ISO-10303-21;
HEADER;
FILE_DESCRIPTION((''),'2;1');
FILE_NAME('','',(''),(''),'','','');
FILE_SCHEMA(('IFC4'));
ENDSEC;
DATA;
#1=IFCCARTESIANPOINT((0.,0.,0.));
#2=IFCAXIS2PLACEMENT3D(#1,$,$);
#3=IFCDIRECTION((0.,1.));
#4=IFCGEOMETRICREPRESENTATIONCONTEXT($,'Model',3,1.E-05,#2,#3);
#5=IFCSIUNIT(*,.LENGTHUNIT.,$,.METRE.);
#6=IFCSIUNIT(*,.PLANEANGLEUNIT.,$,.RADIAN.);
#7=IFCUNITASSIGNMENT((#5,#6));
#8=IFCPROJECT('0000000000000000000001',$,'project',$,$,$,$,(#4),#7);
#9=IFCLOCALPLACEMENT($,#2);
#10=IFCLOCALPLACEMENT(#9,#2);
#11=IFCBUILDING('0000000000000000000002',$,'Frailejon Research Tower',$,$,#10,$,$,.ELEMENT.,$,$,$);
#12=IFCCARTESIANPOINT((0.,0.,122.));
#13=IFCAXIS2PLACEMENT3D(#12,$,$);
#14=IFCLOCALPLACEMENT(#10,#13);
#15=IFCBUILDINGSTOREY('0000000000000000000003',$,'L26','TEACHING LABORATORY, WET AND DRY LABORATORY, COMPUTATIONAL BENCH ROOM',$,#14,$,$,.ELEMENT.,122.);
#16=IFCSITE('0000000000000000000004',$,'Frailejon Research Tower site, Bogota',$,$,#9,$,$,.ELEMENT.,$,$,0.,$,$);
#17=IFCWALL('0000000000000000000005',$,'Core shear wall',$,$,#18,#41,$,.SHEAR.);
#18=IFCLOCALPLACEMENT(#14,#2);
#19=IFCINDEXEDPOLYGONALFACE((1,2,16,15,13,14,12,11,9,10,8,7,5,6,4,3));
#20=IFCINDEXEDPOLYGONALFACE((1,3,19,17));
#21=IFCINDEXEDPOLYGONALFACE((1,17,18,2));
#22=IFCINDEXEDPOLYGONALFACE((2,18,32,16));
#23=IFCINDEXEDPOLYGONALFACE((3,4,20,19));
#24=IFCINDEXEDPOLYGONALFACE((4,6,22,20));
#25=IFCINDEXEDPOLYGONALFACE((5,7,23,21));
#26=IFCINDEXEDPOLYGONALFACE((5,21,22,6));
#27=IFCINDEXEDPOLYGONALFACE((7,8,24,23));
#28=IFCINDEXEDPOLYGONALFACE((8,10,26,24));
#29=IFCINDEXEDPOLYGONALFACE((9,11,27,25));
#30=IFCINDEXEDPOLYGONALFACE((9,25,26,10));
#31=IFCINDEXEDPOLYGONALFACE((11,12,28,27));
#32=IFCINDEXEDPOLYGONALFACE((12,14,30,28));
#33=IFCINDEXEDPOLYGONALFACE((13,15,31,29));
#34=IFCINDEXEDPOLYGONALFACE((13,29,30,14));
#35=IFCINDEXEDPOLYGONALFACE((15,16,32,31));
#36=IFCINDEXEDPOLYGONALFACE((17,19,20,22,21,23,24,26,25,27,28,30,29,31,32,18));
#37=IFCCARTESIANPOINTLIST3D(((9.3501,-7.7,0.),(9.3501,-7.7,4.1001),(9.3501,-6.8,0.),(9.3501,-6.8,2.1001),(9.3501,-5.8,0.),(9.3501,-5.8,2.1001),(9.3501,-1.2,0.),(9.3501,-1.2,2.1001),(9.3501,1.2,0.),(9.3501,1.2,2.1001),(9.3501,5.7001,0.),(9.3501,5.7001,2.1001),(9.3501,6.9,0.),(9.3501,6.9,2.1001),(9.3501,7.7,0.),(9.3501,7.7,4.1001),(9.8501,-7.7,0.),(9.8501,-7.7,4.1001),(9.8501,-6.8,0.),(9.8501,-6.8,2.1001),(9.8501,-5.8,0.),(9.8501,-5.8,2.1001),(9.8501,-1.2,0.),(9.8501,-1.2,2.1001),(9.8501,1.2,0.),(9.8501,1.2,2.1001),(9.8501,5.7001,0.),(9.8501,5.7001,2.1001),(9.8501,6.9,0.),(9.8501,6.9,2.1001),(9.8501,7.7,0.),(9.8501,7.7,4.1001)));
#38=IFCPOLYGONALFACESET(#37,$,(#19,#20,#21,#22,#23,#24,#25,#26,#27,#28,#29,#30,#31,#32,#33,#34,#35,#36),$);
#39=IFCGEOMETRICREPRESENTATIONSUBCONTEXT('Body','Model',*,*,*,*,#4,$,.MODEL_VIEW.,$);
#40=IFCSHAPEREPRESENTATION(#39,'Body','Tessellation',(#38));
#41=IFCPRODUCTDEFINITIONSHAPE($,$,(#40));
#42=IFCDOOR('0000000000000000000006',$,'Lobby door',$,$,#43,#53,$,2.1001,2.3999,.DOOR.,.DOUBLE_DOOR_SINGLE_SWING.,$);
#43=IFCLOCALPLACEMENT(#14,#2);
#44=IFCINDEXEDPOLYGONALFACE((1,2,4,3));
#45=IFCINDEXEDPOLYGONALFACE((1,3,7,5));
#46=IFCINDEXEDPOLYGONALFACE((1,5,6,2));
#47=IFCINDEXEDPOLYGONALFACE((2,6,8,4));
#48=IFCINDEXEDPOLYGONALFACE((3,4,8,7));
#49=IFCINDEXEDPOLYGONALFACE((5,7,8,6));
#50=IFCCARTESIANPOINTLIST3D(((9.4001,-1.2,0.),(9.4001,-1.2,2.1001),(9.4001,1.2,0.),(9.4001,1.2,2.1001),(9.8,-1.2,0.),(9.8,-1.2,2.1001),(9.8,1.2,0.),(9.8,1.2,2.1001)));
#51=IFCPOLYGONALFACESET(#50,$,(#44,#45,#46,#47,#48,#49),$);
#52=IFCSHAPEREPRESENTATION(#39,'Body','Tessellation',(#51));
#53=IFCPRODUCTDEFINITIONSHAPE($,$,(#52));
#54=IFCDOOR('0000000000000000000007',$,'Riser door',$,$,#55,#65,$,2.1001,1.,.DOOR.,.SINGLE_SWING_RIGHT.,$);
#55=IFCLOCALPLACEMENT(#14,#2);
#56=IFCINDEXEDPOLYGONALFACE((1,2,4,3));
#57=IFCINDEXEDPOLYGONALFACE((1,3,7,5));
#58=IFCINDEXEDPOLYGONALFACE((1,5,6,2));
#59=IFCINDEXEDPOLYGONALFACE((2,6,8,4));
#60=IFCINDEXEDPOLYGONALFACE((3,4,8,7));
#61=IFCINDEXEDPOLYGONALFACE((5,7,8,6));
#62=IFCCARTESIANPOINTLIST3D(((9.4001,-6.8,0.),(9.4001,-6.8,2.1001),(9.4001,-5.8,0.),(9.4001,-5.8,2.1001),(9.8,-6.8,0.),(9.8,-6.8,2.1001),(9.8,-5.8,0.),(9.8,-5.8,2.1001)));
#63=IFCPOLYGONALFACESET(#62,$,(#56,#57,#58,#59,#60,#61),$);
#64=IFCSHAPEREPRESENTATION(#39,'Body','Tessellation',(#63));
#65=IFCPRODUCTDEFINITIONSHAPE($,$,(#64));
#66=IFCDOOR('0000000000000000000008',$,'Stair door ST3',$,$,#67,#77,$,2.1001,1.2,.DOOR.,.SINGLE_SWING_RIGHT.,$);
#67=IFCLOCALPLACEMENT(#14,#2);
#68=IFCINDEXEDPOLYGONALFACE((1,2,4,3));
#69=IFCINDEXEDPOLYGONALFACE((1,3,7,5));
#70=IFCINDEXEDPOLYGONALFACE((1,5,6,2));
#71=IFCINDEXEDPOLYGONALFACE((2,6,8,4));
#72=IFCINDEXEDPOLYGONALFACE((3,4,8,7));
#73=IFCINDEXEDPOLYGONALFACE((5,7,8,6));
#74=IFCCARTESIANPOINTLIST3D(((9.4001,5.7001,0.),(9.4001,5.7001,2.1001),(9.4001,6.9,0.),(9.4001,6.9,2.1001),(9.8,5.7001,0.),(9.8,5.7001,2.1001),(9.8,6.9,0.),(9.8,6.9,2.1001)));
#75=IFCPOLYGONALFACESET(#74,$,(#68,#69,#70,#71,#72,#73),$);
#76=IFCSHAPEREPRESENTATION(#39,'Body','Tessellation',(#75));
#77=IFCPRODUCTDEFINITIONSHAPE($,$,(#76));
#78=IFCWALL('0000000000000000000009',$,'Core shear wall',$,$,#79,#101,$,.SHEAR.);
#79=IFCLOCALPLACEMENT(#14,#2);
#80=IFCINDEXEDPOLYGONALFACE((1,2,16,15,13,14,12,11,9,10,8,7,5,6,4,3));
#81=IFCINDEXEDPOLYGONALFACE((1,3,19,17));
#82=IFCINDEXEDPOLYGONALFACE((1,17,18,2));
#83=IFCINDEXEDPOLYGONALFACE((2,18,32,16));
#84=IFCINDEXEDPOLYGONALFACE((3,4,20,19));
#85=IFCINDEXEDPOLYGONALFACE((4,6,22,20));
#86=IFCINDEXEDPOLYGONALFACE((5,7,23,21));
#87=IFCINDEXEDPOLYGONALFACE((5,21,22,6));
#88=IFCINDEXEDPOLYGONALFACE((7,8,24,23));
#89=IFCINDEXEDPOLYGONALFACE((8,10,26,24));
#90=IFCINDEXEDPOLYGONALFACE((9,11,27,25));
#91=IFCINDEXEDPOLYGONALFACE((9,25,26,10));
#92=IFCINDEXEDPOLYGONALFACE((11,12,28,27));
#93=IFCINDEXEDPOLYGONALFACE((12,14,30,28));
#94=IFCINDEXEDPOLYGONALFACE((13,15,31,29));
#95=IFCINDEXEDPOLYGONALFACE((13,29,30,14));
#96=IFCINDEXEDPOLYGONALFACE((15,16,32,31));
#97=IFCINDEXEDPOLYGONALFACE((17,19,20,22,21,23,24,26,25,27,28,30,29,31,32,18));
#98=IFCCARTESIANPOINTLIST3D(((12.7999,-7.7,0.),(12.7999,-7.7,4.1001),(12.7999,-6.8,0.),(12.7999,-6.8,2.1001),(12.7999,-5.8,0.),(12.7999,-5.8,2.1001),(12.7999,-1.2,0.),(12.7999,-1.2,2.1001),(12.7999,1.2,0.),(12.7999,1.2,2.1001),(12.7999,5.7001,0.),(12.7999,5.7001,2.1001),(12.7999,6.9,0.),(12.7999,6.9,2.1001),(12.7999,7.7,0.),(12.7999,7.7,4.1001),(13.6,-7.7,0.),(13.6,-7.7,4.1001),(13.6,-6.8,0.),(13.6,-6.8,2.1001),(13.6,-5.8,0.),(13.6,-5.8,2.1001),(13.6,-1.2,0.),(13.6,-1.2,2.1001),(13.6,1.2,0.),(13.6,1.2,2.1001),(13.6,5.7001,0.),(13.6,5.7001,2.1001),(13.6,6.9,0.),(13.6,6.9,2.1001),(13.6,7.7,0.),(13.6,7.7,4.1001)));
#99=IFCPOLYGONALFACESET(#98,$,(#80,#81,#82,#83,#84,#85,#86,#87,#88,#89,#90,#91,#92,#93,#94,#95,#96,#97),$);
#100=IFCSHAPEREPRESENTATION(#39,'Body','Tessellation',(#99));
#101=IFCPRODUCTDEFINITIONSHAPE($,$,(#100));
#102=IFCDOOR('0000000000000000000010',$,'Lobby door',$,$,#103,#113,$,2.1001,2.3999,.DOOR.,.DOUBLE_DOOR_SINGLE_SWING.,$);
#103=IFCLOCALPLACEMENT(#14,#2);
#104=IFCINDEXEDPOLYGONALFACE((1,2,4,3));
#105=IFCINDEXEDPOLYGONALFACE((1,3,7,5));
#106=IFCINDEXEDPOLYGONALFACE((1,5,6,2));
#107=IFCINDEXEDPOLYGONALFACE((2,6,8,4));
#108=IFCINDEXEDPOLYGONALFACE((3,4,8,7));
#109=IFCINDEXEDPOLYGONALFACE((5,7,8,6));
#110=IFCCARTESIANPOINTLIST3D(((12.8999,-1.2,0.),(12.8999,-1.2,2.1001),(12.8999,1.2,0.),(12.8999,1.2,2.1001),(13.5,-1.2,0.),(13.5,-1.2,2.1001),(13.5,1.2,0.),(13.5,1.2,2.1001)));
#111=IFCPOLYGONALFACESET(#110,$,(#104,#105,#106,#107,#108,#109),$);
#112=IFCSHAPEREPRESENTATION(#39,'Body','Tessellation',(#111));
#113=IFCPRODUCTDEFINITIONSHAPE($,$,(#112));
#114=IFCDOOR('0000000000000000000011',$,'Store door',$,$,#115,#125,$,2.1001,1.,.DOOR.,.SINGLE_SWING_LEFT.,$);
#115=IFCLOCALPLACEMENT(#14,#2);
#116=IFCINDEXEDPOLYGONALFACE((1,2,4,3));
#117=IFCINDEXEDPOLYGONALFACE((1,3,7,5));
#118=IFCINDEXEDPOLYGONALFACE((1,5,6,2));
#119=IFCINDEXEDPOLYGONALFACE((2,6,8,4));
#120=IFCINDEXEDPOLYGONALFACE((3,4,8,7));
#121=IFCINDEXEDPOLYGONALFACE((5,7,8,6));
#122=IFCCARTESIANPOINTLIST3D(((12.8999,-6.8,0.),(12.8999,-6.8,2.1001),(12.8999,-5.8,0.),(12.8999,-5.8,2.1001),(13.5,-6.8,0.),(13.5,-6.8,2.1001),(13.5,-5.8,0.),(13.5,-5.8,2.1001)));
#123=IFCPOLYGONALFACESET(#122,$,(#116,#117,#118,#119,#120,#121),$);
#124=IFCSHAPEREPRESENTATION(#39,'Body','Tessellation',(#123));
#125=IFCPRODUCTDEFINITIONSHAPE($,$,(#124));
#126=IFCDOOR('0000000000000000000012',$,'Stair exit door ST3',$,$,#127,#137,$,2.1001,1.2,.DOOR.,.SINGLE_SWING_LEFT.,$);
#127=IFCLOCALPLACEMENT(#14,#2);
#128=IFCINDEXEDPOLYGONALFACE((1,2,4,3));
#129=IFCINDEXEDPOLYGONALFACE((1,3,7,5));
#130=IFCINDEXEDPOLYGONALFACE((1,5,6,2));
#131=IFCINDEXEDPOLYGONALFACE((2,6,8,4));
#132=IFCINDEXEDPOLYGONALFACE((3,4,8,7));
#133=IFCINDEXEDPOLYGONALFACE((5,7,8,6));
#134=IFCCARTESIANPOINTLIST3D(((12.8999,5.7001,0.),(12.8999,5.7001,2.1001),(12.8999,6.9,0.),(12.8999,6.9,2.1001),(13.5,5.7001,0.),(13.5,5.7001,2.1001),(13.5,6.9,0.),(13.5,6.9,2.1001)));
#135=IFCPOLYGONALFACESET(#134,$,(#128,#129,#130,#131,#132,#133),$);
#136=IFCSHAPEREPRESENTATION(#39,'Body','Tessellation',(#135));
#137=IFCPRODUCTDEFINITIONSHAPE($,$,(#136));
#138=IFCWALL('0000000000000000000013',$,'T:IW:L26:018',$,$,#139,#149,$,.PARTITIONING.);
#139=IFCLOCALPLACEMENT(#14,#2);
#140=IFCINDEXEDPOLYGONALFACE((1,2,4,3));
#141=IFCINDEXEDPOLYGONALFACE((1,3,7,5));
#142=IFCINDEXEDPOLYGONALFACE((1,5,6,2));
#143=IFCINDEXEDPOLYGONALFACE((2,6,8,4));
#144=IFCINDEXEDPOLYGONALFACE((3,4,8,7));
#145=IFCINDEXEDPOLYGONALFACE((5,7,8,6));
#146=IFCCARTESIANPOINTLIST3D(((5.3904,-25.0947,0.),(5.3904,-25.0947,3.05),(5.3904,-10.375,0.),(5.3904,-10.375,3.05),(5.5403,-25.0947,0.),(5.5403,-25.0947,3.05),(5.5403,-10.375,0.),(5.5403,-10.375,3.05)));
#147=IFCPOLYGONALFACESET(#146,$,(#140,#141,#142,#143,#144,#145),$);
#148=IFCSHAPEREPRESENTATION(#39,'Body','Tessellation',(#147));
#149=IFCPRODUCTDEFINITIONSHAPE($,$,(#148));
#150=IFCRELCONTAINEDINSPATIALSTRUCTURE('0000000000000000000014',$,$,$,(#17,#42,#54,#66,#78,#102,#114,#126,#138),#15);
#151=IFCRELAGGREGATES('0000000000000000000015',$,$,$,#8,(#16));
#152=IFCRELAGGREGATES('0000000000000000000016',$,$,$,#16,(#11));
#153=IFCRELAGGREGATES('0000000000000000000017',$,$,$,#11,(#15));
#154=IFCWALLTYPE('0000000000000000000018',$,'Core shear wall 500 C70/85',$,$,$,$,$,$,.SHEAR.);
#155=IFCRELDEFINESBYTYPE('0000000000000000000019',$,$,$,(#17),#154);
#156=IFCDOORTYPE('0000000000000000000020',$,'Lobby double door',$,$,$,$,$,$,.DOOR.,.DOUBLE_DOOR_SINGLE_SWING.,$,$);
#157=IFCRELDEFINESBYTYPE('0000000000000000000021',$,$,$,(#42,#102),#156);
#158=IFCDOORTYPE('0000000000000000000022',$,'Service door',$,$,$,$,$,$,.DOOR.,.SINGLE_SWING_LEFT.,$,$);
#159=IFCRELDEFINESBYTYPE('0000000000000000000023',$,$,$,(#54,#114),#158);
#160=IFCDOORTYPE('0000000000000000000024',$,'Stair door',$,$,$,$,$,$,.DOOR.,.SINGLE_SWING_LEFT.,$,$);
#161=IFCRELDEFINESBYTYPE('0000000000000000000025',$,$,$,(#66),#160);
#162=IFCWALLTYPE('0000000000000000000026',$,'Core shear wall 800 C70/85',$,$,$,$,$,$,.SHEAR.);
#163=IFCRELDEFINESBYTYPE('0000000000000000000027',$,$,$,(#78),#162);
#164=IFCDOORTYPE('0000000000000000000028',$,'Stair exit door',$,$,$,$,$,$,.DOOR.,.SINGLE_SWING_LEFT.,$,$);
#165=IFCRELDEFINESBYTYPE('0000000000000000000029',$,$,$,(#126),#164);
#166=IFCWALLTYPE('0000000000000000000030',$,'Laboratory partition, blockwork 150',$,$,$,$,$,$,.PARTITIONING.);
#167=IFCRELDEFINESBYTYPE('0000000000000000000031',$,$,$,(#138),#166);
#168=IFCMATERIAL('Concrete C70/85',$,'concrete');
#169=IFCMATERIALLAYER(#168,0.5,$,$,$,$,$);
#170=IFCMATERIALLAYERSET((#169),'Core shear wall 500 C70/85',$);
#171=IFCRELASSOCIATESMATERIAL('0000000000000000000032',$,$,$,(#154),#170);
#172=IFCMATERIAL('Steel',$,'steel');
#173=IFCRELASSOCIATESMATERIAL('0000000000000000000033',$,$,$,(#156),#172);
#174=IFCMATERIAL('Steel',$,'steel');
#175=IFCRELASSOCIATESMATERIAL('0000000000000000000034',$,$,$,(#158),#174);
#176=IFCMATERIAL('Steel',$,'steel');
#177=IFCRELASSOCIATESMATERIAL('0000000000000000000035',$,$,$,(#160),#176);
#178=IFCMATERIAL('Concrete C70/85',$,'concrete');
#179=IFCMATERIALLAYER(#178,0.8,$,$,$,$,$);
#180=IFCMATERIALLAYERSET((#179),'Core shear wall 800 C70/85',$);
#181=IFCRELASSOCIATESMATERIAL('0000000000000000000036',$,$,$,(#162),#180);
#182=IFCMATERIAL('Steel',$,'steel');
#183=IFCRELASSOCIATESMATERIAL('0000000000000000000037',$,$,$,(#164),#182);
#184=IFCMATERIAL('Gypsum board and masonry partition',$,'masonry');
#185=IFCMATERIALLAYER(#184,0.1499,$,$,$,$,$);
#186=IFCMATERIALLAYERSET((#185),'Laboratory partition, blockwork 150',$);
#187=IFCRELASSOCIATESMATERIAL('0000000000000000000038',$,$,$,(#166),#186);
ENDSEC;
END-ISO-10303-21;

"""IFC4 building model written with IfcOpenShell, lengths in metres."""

from ifc_helpers import new_model, si_unit, direction, frame, frame_2d, origin, place, context, subcontext, project, spatial, rectangle, extrude, material, layer, layer_set, type_object, element, fill, save


model = new_model("IFC4")

# Units and contexts
model_context = context("Model", 3, precision=1e-05, world=origin(), true_north=direction((0.0, 1.0)))
body_context = subcontext(model_context, "Body", "Model", "MODEL_VIEW")
ifc_project = project(units=[si_unit("LENGTHUNIT", "METRE"), si_unit("PLANEANGLEUNIT", "RADIAN")], contexts=[model_context])

# Site, building, storey
site_placement = place(None, origin())
site = spatial("IfcSite", under=ifc_project, at=site_placement, Name="Frailejon Research Tower site, Bogota", CompositionType="ELEMENT", RefElevation=0.0)
building_placement = place(site_placement, origin())
building = spatial("IfcBuilding", under=site, at=building_placement, Name="Frailejon Research Tower", CompositionType="ELEMENT")
storey_placement = place(building_placement, frame((0.0, 0.0, 122.0)))
storey = spatial("IfcBuildingStorey", under=building, at=storey_placement, Name="L26", Description="TEACHING LABORATORY, WET AND DRY LABORATORY, COMPUTATIONAL BENCH ROOM", CompositionType="ELEMENT", Elevation=122.0)

# Walls, openings, doors
ifc_material_1 = material(Name="Concrete C70/85", Category="concrete")
ifc_layer_1 = layer(ifc_material_1, 0.5)
ifc_layer_set_1 = layer_set([ifc_layer_1], Name="Core shear wall 500 C70/85")
wall_type_1 = type_object("IfcWallType", Name="Core shear wall 500 C70/85", PredefinedType="SHEAR", material=ifc_layer_set_1)
wall_1_placement = place(storey_placement, frame((9.6001, -7.7, 0.0), z_axis=(0.0, 0.0, 1.0), x_axis=(0.0, 1.0, 0.0)))
wall_1 = element("IfcWall", 1, at=wall_1_placement, inside=storey, type_object=wall_type_1, Name="Core shear wall", PredefinedType="SHEAR", context=body_context, shape_type="SweptSolid", body=[
    extrude(rectangle(XDim=15.3999, YDim=0.5, at=frame_2d((7.7, 0.0))), origin(), (0.0, 0.0, 1.0), 4.1001),
])
opening_1_placement = place(wall_1_placement, frame((6.5, 0.0, 0.0)))
opening_1 = element("IfcOpeningElement", 2, at=opening_1_placement, cuts=wall_1, PredefinedType="OPENING", context=body_context, shape_type="SweptSolid", body=[
    extrude(rectangle(XDim=2.3999, YDim=2.1001, at=frame_2d((1.2, 1.05))), frame((0.0, 0.26, 0.0), z_axis=(0.0, -1.0, 0.0), x_axis=(1.0, 0.0, 0.0)), (0.0, 0.0, 1.0), 0.52),
])
opening_2_placement = place(wall_1_placement, frame((13.3999, 0.0, 0.0)))
opening_2 = element("IfcOpeningElement", 3, at=opening_2_placement, cuts=wall_1, PredefinedType="OPENING", context=body_context, shape_type="SweptSolid", body=[
    extrude(rectangle(XDim=1.2, YDim=2.1001, at=frame_2d((0.6001, 1.05))), frame((0.0, 0.26, 0.0), z_axis=(0.0, -1.0, 0.0), x_axis=(1.0, 0.0, 0.0)), (0.0, 0.0, 1.0), 0.52),
])
opening_3_placement = place(wall_1_placement, frame((0.8999, 0.0, 0.0)))
opening_3 = element("IfcOpeningElement", 4, at=opening_3_placement, cuts=wall_1, PredefinedType="OPENING", context=body_context, shape_type="SweptSolid", body=[
    extrude(rectangle(XDim=1.0, YDim=2.1001, at=frame_2d((0.5, 1.05))), frame((0.0, 0.26, 0.0), z_axis=(0.0, -1.0, 0.0), x_axis=(1.0, 0.0, 0.0)), (0.0, 0.0, 1.0), 0.52),
])
ifc_material_2 = material(Name="Steel", Category="steel")
door_type_1 = type_object("IfcDoorType", Name="Lobby double door", OperationType="DOUBLE_DOOR_SINGLE_SWING", PredefinedType="DOOR", material=ifc_material_2)
door_1_placement = place(opening_1_placement, origin())
door_1 = element("IfcDoor", 5, at=door_1_placement, inside=storey, type_object=door_type_1, Name="Lobby door", OperationType="DOUBLE_DOOR_SINGLE_SWING", OverallHeight=2.1001, OverallWidth=2.3999, PredefinedType="DOOR", context=body_context, shape_type="SweptSolid", body=[
    extrude(rectangle(XDim=2.3999, YDim=2.1001, at=frame_2d((1.2, 1.05))), frame((0.0, 0.2, 0.0), z_axis=(0.0, -1.0, 0.0), x_axis=(1.0, 0.0, 0.0)), (0.0, 0.0, 1.0), 0.3999),
])
fill(opening_1, door_1)
ifc_material_3 = material(Name="Steel", Category="steel")
door_type_2 = type_object("IfcDoorType", Name="Service door", OperationType="SINGLE_SWING_LEFT", PredefinedType="DOOR", material=ifc_material_3)
door_2_placement = place(opening_3_placement, origin())
door_2 = element("IfcDoor", 6, at=door_2_placement, inside=storey, type_object=door_type_2, Name="Riser door", OperationType="SINGLE_SWING_RIGHT", OverallHeight=2.1001, OverallWidth=1.0, PredefinedType="DOOR", context=body_context, shape_type="SweptSolid", body=[
    extrude(rectangle(XDim=1.0, YDim=2.1001, at=frame_2d((0.5, 1.05))), frame((0.0, 0.2, 0.0), z_axis=(0.0, -1.0, 0.0), x_axis=(1.0, 0.0, 0.0)), (0.0, 0.0, 1.0), 0.3999),
])
fill(opening_3, door_2)
ifc_material_4 = material(Name="Steel", Category="steel")
door_type_3 = type_object("IfcDoorType", Name="Stair door", OperationType="SINGLE_SWING_LEFT", PredefinedType="DOOR", material=ifc_material_4)
door_3_placement = place(opening_2_placement, origin())
door_3 = element("IfcDoor", 7, at=door_3_placement, inside=storey, type_object=door_type_3, Name="Stair door ST3", OperationType="SINGLE_SWING_RIGHT", OverallHeight=2.1001, OverallWidth=1.2, PredefinedType="DOOR", context=body_context, shape_type="SweptSolid", body=[
    extrude(rectangle(XDim=1.2, YDim=2.1001, at=frame_2d((0.6001, 1.05))), frame((0.0, 0.2, 0.0), z_axis=(0.0, -1.0, 0.0), x_axis=(1.0, 0.0, 0.0)), (0.0, 0.0, 1.0), 0.3999),
])
fill(opening_2, door_3)
ifc_material_5 = material(Name="Concrete C70/85", Category="concrete")
ifc_layer_2 = layer(ifc_material_5, 0.8)
ifc_layer_set_2 = layer_set([ifc_layer_2], Name="Core shear wall 800 C70/85")
wall_type_2 = type_object("IfcWallType", Name="Core shear wall 800 C70/85", PredefinedType="SHEAR", material=ifc_layer_set_2)
wall_2_placement = place(storey_placement, frame((13.2, -7.7, 0.0), z_axis=(0.0, 0.0, 1.0), x_axis=(0.0, 1.0, 0.0)))
wall_2 = element("IfcWall", 8, at=wall_2_placement, inside=storey, type_object=wall_type_2, Name="Core shear wall", PredefinedType="SHEAR", context=body_context, shape_type="SweptSolid", body=[
    extrude(rectangle(XDim=15.3999, YDim=0.8, at=frame_2d((7.7, 0.0))), origin(), (0.0, 0.0, 1.0), 4.1001),
])
opening_4_placement = place(wall_2_placement, frame((6.5, 0.0, 0.0)))
opening_4 = element("IfcOpeningElement", 9, at=opening_4_placement, cuts=wall_2, PredefinedType="OPENING", context=body_context, shape_type="SweptSolid", body=[
    extrude(rectangle(XDim=2.3999, YDim=2.1001, at=frame_2d((1.2, 1.05))), frame((0.0, 0.4099, 0.0), z_axis=(0.0, -1.0, 0.0), x_axis=(1.0, 0.0, 0.0)), (0.0, 0.0, 1.0), 0.8201),
])
opening_5_placement = place(wall_2_placement, frame((13.3999, 0.0, 0.0)))
opening_5 = element("IfcOpeningElement", 10, at=opening_5_placement, cuts=wall_2, PredefinedType="OPENING", context=body_context, shape_type="SweptSolid", body=[
    extrude(rectangle(XDim=1.2, YDim=2.1001, at=frame_2d((0.6001, 1.05))), frame((0.0, 0.4099, 0.0), z_axis=(0.0, -1.0, 0.0), x_axis=(1.0, 0.0, 0.0)), (0.0, 0.0, 1.0), 0.8201),
])
opening_6_placement = place(wall_2_placement, frame((0.8999, 0.0, 0.0)))
opening_6 = element("IfcOpeningElement", 11, at=opening_6_placement, cuts=wall_2, PredefinedType="OPENING", context=body_context, shape_type="SweptSolid", body=[
    extrude(rectangle(XDim=1.0, YDim=2.1001, at=frame_2d((0.5, 1.05))), frame((0.0, 0.4099, 0.0), z_axis=(0.0, -1.0, 0.0), x_axis=(1.0, 0.0, 0.0)), (0.0, 0.0, 1.0), 0.8201),
])
door_4_placement = place(opening_4_placement, origin())
door_4 = element("IfcDoor", 12, at=door_4_placement, inside=storey, type_object=door_type_1, Name="Lobby door", OperationType="DOUBLE_DOOR_SINGLE_SWING", OverallHeight=2.1001, OverallWidth=2.3999, PredefinedType="DOOR", context=body_context, shape_type="SweptSolid", body=[
    extrude(rectangle(XDim=2.3999, YDim=2.1001, at=frame_2d((1.2, 1.05))), frame((0.0, 0.3, 0.0), z_axis=(0.0, -1.0, 0.0), x_axis=(1.0, 0.0, 0.0)), (0.0, 0.0, 1.0), 0.6001),
])
fill(opening_4, door_4)
door_5_placement = place(opening_6_placement, origin())
door_5 = element("IfcDoor", 13, at=door_5_placement, inside=storey, type_object=door_type_2, Name="Store door", OperationType="SINGLE_SWING_LEFT", OverallHeight=2.1001, OverallWidth=1.0, PredefinedType="DOOR", context=body_context, shape_type="SweptSolid", body=[
    extrude(rectangle(XDim=1.0, YDim=2.1001, at=frame_2d((0.5, 1.05))), frame((0.0, 0.3, 0.0), z_axis=(0.0, -1.0, 0.0), x_axis=(1.0, 0.0, 0.0)), (0.0, 0.0, 1.0), 0.6001),
])
fill(opening_6, door_5)
ifc_material_6 = material(Name="Steel", Category="steel")
door_type_4 = type_object("IfcDoorType", Name="Stair exit door", OperationType="SINGLE_SWING_LEFT", PredefinedType="DOOR", material=ifc_material_6)
door_6_placement = place(opening_5_placement, origin())
door_6 = element("IfcDoor", 14, at=door_6_placement, inside=storey, type_object=door_type_4, Name="Stair exit door ST3", OperationType="SINGLE_SWING_LEFT", OverallHeight=2.1001, OverallWidth=1.2, PredefinedType="DOOR", context=body_context, shape_type="SweptSolid", body=[
    extrude(rectangle(XDim=1.2, YDim=2.1001, at=frame_2d((0.6001, 1.05))), frame((0.0, 0.3, 0.0), z_axis=(0.0, -1.0, 0.0), x_axis=(1.0, 0.0, 0.0)), (0.0, 0.0, 1.0), 0.6001),
])
fill(opening_5, door_6)

# Wall
ifc_material_7 = material(Name="Gypsum board and masonry partition", Category="masonry")
ifc_layer_3 = layer(ifc_material_7, 0.1499)
ifc_layer_set_3 = layer_set([ifc_layer_3], Name="Laboratory partition, blockwork 150")
wall_type_3 = type_object("IfcWallType", Name="Laboratory partition, blockwork 150", PredefinedType="PARTITIONING", material=ifc_layer_set_3)
wall_3_placement = place(storey_placement, frame((5.4653, -25.0947, 0.0), z_axis=(0.0, 0.0, 1.0), x_axis=(0.0, 1.0, 0.0)))
element("IfcWall", 15, at=wall_3_placement, inside=storey, type_object=wall_type_3, Name="T:IW:L26:018", PredefinedType="PARTITIONING", context=body_context, shape_type="SweptSolid", body=[
    extrude(rectangle(XDim=14.7197, YDim=0.1499, at=frame_2d((7.3599, 0.0))), origin(), (0.0, 0.0, 1.0), 3.05),
])

save(model, "model.ifc")
